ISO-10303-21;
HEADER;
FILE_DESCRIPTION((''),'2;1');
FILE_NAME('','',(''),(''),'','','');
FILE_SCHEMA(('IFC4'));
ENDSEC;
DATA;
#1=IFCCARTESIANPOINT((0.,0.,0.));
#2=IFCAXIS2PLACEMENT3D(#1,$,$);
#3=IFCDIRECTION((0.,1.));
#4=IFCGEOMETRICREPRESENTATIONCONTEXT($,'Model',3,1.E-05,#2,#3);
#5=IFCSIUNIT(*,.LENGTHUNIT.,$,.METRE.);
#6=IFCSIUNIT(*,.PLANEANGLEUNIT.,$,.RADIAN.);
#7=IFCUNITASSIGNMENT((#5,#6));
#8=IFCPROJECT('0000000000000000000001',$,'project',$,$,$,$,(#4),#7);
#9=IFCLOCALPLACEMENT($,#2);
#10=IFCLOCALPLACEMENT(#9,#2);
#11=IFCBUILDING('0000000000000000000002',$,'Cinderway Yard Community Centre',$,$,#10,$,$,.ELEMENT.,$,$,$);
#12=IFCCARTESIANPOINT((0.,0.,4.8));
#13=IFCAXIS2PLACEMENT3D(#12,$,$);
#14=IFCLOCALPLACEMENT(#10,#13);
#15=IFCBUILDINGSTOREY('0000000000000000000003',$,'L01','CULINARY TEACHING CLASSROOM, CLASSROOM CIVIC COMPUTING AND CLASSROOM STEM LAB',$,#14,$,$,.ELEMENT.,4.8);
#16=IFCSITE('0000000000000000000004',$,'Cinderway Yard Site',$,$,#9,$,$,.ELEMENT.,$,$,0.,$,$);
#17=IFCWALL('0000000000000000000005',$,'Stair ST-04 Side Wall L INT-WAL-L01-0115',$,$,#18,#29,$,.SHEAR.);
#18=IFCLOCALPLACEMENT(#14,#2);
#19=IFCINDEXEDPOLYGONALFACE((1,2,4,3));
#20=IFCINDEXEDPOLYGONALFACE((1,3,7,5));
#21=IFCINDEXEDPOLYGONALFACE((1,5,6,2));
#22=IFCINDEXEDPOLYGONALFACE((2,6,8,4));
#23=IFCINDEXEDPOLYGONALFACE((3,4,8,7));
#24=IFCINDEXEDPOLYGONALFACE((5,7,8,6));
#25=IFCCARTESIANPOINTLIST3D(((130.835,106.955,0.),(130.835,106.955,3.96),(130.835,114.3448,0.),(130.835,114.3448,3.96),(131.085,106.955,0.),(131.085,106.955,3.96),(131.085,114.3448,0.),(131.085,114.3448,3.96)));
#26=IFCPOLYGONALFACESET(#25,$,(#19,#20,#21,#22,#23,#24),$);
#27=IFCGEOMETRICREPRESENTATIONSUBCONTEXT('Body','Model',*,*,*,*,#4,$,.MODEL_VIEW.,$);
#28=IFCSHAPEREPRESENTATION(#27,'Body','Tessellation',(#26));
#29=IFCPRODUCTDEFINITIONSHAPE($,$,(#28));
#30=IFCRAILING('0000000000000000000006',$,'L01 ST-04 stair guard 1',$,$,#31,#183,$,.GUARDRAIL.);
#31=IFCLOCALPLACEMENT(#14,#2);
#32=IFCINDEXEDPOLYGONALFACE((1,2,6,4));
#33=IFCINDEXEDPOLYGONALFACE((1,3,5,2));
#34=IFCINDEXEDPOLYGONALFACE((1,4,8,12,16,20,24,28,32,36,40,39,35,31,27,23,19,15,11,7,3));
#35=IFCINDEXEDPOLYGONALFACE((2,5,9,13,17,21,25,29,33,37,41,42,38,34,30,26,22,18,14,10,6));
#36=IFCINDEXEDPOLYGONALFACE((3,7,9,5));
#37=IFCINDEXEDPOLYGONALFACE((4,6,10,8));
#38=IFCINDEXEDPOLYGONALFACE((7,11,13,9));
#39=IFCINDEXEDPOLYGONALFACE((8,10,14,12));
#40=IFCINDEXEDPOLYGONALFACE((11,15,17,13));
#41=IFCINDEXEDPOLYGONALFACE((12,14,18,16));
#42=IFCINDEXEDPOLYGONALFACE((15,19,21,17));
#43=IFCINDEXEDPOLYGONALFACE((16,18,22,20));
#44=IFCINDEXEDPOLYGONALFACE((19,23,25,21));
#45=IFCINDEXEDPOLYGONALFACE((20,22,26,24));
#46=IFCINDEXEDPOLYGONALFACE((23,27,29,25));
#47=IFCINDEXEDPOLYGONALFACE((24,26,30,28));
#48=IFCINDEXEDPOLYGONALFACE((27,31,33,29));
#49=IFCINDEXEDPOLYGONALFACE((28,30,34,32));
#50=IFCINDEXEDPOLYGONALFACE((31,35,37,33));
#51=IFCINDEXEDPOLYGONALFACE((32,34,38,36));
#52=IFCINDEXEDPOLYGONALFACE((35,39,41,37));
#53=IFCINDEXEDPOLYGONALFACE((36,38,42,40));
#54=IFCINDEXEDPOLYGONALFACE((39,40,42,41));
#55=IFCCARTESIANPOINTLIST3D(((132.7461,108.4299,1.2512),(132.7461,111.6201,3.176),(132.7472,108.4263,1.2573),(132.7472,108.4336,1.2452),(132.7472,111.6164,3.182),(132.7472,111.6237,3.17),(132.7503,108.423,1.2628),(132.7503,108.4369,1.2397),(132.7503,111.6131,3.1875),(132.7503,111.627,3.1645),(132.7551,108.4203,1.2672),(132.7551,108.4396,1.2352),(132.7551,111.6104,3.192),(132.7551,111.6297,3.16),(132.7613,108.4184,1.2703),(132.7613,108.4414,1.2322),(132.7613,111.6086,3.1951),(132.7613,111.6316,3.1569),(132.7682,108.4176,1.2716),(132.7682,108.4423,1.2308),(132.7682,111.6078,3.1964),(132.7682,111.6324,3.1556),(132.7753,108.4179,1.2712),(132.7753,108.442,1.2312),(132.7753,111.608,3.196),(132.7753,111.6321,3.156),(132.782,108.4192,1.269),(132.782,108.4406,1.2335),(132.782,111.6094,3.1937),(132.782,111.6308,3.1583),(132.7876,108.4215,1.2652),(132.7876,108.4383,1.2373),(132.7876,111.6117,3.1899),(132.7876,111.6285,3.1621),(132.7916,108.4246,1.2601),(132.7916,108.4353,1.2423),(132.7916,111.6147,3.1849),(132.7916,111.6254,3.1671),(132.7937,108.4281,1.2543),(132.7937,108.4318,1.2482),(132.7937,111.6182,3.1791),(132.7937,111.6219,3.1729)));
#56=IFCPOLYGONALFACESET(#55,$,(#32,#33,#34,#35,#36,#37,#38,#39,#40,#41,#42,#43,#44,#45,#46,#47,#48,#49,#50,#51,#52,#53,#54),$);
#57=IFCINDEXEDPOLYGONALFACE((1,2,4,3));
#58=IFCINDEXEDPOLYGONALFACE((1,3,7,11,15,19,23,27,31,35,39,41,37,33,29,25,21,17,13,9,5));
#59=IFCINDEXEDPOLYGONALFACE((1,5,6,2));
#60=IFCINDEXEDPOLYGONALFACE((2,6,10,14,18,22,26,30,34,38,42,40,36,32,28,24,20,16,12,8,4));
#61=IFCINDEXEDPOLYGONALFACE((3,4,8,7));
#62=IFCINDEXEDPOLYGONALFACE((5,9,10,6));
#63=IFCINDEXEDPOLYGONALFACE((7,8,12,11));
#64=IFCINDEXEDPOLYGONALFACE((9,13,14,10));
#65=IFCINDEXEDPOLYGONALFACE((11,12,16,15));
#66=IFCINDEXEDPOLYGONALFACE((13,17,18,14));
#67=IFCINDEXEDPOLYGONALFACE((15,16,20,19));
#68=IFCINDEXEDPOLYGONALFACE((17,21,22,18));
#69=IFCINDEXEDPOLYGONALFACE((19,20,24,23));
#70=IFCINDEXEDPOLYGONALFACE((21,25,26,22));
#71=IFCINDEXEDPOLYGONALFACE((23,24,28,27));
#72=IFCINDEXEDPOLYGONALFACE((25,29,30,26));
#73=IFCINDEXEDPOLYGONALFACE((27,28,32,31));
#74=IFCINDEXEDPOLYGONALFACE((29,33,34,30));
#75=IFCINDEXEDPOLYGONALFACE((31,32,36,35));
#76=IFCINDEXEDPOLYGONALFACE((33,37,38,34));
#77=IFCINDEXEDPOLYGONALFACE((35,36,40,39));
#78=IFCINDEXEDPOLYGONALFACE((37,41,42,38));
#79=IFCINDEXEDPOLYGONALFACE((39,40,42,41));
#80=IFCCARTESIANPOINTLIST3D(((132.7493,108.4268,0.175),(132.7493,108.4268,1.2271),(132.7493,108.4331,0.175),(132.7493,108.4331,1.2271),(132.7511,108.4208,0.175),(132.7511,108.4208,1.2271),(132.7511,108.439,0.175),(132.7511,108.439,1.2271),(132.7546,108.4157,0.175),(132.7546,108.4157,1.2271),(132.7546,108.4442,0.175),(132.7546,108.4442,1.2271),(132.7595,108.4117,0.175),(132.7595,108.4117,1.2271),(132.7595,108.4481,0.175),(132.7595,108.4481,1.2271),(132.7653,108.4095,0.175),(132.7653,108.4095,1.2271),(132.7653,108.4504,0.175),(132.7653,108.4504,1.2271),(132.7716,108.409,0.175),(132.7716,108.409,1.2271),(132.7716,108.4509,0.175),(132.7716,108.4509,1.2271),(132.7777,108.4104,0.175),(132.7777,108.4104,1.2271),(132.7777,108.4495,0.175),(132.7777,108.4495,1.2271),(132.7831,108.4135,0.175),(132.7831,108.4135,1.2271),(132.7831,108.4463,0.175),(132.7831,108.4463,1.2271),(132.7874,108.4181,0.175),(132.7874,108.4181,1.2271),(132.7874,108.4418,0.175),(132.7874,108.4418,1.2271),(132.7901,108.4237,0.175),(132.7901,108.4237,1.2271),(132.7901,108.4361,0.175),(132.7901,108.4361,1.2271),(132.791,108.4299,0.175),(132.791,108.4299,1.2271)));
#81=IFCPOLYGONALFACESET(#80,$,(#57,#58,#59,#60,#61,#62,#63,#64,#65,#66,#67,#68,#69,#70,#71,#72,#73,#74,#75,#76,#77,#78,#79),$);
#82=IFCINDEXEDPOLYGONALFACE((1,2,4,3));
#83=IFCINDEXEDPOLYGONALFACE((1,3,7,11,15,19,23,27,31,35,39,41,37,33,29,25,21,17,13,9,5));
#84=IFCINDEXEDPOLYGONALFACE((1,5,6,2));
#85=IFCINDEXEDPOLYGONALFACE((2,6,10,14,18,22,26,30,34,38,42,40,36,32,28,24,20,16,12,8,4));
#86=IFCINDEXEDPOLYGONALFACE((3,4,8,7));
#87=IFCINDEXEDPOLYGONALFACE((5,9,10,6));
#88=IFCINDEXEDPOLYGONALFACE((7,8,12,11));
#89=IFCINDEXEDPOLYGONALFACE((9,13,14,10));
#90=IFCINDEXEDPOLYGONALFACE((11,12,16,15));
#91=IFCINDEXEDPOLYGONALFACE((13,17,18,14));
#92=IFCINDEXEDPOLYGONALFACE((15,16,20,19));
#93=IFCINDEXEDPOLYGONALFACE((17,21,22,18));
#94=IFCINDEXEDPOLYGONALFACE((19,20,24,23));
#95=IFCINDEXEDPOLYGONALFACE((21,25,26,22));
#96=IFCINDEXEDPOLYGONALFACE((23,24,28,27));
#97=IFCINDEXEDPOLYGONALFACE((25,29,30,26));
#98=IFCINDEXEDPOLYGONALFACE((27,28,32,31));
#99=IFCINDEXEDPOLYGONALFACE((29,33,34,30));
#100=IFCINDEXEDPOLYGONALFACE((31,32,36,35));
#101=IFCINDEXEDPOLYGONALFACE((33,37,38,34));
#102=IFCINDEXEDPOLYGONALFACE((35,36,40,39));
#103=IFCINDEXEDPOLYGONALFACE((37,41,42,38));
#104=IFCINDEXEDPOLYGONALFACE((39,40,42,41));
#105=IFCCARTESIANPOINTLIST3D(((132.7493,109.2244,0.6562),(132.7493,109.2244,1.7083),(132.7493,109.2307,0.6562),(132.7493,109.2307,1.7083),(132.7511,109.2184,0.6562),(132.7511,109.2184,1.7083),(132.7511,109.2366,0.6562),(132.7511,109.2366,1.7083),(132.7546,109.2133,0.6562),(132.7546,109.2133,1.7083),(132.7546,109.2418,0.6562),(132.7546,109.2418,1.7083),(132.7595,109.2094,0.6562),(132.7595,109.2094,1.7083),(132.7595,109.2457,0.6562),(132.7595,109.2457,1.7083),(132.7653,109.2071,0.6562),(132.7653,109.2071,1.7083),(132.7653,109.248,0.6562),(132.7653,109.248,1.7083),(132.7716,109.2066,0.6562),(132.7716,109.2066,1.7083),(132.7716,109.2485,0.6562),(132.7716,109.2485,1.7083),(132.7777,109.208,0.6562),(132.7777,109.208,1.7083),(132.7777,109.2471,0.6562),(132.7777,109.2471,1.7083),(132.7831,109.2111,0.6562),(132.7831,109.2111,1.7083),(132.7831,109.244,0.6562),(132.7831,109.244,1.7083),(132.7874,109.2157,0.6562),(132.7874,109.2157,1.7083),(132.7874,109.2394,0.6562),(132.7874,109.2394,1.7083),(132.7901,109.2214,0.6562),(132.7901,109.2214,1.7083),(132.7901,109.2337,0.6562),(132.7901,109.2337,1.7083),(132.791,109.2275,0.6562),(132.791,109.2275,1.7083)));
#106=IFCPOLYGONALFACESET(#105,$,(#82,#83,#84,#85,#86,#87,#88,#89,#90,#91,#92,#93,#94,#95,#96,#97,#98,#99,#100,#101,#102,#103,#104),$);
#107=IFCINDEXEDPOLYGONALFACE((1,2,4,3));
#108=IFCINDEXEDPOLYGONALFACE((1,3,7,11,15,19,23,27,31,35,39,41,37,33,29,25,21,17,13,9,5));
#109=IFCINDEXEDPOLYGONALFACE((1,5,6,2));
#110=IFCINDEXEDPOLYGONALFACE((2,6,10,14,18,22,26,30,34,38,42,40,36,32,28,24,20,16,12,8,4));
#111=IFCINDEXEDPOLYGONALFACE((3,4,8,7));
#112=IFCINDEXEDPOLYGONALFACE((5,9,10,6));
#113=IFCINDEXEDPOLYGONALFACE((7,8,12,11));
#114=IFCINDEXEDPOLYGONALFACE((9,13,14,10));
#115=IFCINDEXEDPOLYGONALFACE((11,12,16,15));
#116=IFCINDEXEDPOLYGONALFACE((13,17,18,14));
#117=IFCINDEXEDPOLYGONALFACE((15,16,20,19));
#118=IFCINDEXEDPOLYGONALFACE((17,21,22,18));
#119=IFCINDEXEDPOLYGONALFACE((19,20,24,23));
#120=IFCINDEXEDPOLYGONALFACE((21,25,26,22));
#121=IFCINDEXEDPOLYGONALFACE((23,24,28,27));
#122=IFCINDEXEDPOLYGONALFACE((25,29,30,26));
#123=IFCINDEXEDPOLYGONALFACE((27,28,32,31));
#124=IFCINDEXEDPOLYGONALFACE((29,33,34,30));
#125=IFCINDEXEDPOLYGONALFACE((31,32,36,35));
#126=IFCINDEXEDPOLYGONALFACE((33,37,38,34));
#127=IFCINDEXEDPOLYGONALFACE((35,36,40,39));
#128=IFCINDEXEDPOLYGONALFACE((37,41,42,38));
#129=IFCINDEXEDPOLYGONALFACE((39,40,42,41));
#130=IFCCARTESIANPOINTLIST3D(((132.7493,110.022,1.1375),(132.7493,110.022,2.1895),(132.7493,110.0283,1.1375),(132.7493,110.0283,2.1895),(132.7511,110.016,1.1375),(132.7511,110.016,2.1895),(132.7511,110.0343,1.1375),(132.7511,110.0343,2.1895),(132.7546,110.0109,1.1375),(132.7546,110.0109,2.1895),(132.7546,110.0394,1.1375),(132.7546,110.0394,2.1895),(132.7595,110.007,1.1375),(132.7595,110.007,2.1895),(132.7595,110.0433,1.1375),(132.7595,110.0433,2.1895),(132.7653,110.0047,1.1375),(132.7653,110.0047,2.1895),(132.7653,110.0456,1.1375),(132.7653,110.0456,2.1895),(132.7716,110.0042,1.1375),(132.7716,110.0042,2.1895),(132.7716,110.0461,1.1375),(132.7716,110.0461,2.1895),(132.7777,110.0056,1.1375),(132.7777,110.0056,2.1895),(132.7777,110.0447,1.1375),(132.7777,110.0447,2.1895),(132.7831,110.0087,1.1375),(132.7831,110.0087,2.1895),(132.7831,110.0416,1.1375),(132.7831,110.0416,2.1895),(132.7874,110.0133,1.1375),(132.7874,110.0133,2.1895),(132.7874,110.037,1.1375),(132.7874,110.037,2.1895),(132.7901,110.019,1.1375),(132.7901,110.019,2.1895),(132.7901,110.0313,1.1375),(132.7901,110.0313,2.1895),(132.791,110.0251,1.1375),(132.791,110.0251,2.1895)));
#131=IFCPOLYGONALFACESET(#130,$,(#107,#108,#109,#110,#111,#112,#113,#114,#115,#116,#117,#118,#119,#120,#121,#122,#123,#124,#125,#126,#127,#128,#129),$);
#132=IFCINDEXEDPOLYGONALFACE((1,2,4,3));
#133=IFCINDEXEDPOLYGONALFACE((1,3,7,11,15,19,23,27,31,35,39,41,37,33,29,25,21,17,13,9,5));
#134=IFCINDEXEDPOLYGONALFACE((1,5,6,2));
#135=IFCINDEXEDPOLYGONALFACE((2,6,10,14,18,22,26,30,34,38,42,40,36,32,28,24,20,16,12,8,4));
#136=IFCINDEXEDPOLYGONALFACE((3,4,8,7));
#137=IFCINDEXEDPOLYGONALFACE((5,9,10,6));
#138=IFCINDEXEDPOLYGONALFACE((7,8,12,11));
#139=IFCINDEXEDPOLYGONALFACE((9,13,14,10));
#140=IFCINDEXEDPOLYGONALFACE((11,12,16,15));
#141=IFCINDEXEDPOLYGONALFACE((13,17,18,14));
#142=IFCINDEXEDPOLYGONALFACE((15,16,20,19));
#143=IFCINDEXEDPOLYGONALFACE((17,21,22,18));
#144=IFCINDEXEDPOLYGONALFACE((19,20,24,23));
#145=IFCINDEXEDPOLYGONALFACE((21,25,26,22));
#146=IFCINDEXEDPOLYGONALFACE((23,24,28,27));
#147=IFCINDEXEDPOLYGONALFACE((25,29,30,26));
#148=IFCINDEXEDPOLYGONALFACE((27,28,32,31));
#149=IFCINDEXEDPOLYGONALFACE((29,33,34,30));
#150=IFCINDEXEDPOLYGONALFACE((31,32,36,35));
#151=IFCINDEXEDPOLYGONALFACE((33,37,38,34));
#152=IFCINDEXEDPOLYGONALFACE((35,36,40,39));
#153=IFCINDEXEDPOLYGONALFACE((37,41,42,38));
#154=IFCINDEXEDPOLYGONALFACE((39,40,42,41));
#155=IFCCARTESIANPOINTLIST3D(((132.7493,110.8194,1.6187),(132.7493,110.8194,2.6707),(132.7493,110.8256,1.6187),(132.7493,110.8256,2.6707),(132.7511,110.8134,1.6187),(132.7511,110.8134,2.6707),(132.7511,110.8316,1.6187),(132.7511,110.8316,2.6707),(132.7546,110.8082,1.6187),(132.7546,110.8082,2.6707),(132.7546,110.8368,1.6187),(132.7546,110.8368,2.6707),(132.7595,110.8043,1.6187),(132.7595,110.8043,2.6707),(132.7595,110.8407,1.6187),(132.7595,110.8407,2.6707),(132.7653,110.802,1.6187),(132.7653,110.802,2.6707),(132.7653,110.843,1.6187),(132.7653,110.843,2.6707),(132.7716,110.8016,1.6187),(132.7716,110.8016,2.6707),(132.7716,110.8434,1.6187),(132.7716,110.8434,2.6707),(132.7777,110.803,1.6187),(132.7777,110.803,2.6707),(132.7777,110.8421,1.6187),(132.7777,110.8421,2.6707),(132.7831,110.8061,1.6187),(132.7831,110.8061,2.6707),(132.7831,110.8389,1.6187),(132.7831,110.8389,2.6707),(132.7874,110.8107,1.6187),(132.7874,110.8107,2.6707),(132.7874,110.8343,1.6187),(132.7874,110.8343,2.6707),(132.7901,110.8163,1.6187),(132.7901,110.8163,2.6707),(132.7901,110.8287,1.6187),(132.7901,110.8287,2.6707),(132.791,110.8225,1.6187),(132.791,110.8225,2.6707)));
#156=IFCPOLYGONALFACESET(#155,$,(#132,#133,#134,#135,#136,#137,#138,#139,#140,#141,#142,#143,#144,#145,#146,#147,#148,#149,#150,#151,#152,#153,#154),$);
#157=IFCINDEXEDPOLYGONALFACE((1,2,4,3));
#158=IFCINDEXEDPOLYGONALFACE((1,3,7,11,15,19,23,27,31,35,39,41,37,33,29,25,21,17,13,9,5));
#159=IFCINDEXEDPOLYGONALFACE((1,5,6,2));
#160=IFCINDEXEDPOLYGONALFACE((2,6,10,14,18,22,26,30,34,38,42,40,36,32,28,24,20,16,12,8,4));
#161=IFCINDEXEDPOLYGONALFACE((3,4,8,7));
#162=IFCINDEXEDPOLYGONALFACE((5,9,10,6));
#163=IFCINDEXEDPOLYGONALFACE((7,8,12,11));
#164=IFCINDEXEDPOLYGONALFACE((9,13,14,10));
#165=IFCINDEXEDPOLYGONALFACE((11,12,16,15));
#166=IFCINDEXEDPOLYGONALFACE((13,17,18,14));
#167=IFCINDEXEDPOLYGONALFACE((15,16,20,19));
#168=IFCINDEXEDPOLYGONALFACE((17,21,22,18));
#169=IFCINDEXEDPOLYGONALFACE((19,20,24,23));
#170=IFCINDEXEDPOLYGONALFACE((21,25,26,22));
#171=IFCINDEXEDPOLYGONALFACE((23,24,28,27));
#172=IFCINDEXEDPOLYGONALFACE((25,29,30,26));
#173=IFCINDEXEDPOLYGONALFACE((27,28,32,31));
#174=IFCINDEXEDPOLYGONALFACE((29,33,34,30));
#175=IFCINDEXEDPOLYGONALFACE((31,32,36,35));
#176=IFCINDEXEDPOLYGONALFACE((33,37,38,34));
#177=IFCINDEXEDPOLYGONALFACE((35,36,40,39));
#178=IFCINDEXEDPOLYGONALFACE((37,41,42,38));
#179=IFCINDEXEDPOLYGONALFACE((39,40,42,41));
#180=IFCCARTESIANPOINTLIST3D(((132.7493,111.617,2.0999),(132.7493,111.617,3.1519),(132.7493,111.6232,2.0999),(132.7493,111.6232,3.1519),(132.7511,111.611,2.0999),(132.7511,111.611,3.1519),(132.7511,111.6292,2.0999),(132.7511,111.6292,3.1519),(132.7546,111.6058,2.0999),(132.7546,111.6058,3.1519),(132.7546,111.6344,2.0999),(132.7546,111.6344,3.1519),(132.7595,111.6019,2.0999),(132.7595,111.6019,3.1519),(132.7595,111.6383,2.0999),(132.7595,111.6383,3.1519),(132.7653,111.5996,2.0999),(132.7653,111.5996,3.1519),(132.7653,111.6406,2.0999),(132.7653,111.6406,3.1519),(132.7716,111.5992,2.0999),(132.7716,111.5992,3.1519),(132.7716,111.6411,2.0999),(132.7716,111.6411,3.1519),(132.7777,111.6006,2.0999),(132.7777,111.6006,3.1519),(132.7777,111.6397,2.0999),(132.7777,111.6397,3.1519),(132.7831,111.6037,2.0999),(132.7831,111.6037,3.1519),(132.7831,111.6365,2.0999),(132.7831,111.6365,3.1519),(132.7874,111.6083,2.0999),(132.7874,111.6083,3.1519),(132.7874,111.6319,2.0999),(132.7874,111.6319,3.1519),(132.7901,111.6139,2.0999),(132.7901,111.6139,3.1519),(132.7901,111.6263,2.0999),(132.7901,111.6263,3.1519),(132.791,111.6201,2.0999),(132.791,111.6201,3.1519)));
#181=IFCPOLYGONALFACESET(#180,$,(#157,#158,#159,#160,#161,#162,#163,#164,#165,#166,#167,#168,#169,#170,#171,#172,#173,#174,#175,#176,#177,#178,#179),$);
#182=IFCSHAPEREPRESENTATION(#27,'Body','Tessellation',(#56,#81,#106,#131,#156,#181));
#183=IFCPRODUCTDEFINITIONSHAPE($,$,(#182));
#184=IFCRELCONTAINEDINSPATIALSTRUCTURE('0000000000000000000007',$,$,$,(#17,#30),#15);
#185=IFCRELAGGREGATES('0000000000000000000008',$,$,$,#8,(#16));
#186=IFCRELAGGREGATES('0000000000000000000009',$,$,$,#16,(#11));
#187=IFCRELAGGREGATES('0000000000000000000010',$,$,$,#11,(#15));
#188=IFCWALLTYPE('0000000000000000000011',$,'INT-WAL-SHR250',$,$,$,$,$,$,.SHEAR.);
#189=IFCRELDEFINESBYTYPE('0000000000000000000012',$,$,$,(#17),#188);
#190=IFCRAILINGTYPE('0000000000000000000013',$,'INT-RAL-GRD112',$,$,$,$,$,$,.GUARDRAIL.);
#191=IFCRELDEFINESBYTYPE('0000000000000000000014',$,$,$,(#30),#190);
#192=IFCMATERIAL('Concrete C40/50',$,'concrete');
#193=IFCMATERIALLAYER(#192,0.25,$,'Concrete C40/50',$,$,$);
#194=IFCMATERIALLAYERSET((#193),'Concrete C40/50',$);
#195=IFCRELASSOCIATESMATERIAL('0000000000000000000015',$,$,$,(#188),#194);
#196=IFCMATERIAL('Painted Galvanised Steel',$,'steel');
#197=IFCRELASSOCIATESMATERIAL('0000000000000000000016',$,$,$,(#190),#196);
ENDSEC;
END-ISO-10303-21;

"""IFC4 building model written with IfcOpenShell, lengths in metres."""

from ifc_helpers import new_model, si_unit, direction, frame, frame_2d, origin, origin_2d, place, context, subcontext, project, spatial, rectangle, circle, extrude, material, layer, layer_set, type_object, element, save


model = new_model("IFC4")

# Units and contexts
model_context = context("Model", 3, precision=1e-05, world=origin(), true_north=direction((0.0, 1.0)))
body_context = subcontext(model_context, "Body", "Model", "MODEL_VIEW")
ifc_project = project(units=[si_unit("LENGTHUNIT", "METRE"), si_unit("PLANEANGLEUNIT", "RADIAN")], contexts=[model_context])

# Site, building, storey
site_placement = place(None, origin())
site = spatial("IfcSite", under=ifc_project, at=site_placement, Name="Cinderway Yard Site", CompositionType="ELEMENT", RefElevation=0.0)
building_placement = place(site_placement, origin())
building = spatial("IfcBuilding", under=site, at=building_placement, Name="Cinderway Yard Community Centre", CompositionType="ELEMENT")
storey_placement = place(building_placement, frame((0.0, 0.0, 4.8)))
storey = spatial("IfcBuildingStorey", under=building, at=storey_placement, Name="L01", Description="CULINARY TEACHING CLASSROOM, CLASSROOM CIVIC COMPUTING AND CLASSROOM STEM LAB", CompositionType="ELEMENT", Elevation=4.8)

# Shared definitions
ifc_material_1 = material(Name="Concrete C40/50", Category="concrete")

# Shared definitions
ifc_material_2 = material(Name="Painted Galvanised Steel", Category="steel")
ifc_layer_1 = layer(ifc_material_1, 0.25, Name="Concrete C40/50")
ifc_layer_set_1 = layer_set([ifc_layer_1], Name="Concrete C40/50")
wall_type_1 = type_object("IfcWallType", Name="INT-WAL-SHR250", PredefinedType="SHEAR", material=ifc_layer_set_1)

# Wall
wall_1_placement = place(storey_placement, frame((130.96, 106.9551, 0.0), z_axis=(0.0, 0.0, 1.0), x_axis=(0.0, 1.0, 0.0)))
element("IfcWall", 1, at=wall_1_placement, inside=storey, type_object=wall_type_1, Name="Stair ST-04 Side Wall L INT-WAL-L01-0115", PredefinedType="SHEAR", context=body_context, shape_type="SweptSolid", body=[
    extrude(rectangle(XDim=7.3899, YDim=0.25, at=frame_2d((3.6948, 0.0))), origin(), (0.0, 0.0, 1.0), 3.96),
])

# Railing
railing_type = type_object("IfcRailingType", Name="INT-RAL-GRD112", PredefinedType="GUARDRAIL", material=ifc_material_2)
railing_1_placement = place(storey_placement, frame((132.77, 108.4299, 0.175)))
element("IfcRailing", 2, at=railing_1_placement, inside=storey, type_object=railing_type, Name="L01 ST-04 stair guard 1", PredefinedType="GUARDRAIL", context=body_context, shape_type="SweptSolid", body=[
    extrude(circle(Radius=0.0239, at=origin_2d()), frame((0.0, 0.0, 1.0762), z_axis=(0.0, 0.856224, 0.516605), x_axis=(-1.0, 0.0, 0.0)), (0.0, 0.0, 1.0), 3.7258),
    extrude(circle(Radius=0.021, at=origin_2d()), origin(), (0.0, 0.0, 1.0), 1.052),
    extrude(circle(Radius=0.021, at=origin_2d()), frame((0.0, 0.7976, 0.4812)), (0.0, 0.0, 1.0), 1.052),
    extrude(circle(Radius=0.021, at=origin_2d()), frame((0.0, 1.5952, 0.9624)), (0.0, 0.0, 1.0), 1.052),
    extrude(circle(Radius=0.021, at=origin_2d()), frame((0.0, 2.3926, 1.4436)), (0.0, 0.0, 1.0), 1.052),
    extrude(circle(Radius=0.021, at=origin_2d()), frame((0.0, 3.1902, 1.9248)), (0.0, 0.0, 1.0), 1.052),
])

save(model, "model.ifc")
